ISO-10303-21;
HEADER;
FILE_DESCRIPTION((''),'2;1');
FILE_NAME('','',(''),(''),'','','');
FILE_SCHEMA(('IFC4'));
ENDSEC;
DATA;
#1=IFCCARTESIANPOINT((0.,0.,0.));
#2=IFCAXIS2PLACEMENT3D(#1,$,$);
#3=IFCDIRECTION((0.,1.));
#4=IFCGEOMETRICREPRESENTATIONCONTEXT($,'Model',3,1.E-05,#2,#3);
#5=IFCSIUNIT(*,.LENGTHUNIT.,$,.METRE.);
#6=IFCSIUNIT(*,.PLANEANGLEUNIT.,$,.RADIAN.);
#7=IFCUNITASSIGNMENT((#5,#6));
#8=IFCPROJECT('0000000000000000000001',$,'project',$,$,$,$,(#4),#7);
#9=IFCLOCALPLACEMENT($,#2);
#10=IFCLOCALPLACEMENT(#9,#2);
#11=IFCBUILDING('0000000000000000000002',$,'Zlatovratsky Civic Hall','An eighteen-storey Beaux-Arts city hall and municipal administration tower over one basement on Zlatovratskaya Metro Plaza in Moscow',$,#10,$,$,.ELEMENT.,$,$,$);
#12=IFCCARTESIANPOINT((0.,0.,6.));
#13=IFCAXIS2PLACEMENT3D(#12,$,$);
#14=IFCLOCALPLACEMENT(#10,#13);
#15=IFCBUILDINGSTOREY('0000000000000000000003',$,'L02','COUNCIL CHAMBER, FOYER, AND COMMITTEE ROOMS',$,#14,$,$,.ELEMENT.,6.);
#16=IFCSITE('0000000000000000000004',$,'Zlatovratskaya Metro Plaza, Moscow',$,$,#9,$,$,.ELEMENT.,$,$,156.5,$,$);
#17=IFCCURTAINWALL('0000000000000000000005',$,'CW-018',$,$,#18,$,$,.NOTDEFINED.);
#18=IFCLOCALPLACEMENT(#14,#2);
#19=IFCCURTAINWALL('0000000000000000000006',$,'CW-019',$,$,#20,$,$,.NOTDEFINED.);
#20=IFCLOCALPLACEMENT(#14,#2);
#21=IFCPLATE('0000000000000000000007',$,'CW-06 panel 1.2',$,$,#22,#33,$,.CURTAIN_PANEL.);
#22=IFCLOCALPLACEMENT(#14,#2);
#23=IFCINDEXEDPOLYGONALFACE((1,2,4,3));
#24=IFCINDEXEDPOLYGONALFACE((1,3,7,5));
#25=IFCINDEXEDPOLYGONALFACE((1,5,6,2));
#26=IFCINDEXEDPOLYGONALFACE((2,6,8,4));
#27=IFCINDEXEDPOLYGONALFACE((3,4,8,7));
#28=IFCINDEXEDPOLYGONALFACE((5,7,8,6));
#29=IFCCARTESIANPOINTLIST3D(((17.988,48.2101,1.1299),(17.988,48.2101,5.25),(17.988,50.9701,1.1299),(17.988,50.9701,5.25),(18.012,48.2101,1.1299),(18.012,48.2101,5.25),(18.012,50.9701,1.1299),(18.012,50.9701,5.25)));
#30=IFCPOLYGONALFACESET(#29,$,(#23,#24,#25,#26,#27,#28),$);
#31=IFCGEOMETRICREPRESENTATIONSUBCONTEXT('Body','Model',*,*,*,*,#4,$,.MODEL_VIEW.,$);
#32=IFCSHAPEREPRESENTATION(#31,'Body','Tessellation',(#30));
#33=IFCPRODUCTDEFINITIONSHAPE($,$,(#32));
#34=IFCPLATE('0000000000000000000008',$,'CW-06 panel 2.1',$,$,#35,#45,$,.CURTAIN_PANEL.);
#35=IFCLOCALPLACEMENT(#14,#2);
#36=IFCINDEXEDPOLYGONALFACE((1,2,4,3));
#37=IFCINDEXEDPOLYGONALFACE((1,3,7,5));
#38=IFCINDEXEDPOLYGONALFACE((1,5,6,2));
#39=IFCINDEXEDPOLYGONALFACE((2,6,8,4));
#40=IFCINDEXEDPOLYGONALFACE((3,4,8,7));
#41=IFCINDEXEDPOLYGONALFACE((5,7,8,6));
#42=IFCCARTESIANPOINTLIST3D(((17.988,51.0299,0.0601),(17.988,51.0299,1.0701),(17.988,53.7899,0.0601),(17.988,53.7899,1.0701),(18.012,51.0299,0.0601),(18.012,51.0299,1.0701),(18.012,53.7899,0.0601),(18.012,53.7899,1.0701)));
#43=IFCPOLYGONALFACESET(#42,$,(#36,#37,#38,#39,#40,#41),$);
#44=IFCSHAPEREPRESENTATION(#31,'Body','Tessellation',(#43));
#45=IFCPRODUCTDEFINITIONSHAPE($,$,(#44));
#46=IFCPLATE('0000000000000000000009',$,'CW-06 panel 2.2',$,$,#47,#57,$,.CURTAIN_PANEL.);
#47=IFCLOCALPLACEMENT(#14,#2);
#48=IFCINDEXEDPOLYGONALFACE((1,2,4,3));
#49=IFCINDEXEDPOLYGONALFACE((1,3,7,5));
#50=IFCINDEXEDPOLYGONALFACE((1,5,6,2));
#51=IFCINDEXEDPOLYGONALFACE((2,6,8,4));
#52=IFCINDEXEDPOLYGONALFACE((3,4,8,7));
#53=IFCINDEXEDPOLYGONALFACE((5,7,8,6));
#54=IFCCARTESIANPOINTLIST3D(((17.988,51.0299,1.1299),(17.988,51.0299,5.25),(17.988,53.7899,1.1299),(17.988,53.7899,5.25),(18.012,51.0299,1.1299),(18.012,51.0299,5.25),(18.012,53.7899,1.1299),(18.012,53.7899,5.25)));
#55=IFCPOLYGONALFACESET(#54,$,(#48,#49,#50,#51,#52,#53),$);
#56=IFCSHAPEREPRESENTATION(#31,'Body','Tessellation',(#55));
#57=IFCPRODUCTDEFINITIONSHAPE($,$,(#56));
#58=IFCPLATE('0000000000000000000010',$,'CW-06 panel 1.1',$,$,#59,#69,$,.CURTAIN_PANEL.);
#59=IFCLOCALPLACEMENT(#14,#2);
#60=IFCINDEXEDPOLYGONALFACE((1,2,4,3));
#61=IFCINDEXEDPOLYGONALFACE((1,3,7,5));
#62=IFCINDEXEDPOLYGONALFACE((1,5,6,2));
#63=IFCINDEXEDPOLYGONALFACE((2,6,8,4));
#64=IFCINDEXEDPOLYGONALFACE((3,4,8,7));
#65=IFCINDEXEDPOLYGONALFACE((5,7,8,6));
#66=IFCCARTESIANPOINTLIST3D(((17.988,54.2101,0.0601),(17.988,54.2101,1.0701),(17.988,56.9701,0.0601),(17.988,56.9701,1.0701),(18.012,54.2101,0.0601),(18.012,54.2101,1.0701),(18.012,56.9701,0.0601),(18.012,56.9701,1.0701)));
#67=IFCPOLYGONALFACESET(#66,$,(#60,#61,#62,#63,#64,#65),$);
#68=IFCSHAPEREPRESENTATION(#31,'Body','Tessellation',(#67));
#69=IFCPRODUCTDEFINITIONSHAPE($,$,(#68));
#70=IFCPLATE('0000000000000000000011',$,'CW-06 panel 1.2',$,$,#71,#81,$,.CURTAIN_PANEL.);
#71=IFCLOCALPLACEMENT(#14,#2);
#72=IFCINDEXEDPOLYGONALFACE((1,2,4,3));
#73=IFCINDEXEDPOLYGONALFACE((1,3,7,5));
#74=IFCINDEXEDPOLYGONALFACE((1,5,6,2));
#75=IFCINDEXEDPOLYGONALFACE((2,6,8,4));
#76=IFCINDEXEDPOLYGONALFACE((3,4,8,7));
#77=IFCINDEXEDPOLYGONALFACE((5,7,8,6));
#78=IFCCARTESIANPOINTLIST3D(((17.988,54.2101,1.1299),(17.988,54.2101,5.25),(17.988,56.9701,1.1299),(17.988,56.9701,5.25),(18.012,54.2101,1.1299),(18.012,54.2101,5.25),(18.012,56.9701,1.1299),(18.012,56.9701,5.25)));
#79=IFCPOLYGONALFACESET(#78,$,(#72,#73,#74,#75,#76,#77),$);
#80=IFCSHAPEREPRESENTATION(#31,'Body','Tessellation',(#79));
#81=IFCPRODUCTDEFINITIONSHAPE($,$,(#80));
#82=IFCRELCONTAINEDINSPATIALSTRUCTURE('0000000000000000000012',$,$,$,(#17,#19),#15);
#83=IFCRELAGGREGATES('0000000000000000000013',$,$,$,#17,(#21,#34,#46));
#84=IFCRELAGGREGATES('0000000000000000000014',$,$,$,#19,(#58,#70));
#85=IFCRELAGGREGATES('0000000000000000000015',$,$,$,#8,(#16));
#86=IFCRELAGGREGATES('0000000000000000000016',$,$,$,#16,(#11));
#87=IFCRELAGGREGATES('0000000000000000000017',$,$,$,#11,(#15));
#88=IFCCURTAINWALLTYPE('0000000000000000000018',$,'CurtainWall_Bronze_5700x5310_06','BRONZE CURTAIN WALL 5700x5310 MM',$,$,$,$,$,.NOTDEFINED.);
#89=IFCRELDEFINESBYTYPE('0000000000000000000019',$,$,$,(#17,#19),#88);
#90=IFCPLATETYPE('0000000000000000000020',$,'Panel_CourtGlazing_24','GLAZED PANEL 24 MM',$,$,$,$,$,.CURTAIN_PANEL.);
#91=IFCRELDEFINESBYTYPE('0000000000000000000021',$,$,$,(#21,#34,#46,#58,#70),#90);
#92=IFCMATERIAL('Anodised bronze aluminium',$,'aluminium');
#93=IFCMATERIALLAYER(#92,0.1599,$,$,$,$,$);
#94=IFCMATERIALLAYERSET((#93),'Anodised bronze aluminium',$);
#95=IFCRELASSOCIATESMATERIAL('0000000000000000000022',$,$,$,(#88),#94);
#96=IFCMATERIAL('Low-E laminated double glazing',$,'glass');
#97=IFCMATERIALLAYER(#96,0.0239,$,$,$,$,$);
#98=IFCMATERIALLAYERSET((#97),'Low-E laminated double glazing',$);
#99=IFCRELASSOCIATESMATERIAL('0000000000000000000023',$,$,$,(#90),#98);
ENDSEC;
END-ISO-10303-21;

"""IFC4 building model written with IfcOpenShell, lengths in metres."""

from ifc_helpers import new_model, si_unit, direction, frame, origin, origin_2d, place, context, subcontext, project, spatial, rectangle, extrude, material, layer, layer_set, type_object, element, aggregate, save


model = new_model("IFC4")

# Units and contexts
model_context = context("Model", 3, precision=1e-05, world=origin(), true_north=direction((0.0, 1.0)))
body_context = subcontext(model_context, "Body", "Model", "MODEL_VIEW")
ifc_project = project(units=[si_unit("LENGTHUNIT", "METRE"), si_unit("PLANEANGLEUNIT", "RADIAN")], contexts=[model_context])

# Site, building, storey
site_placement = place(None, origin())
site = spatial("IfcSite", under=ifc_project, at=site_placement, Name="Zlatovratskaya Metro Plaza, Moscow", CompositionType="ELEMENT", RefElevation=156.5)
building_placement = place(site_placement, origin())
building = spatial("IfcBuilding", under=site, at=building_placement, Name="Zlatovratsky Civic Hall", Description="An eighteen-storey Beaux-Arts city hall and municipal administration tower over one basement on Zlatovratskaya Metro Plaza in Moscow", CompositionType="ELEMENT")
storey_placement = place(building_placement, frame((0.0, 0.0, 6.0)))
storey = spatial("IfcBuildingStorey", under=building, at=storey_placement, Name="L02", Description="COUNCIL CHAMBER, FOYER, AND COMMITTEE ROOMS", CompositionType="ELEMENT", Elevation=6.0)

# Curtain walls
ifc_material_1 = material(Name="Anodised bronze aluminium", Category="aluminium")
ifc_layer_1 = layer(ifc_material_1, 0.1599)
ifc_layer_set_1 = layer_set([ifc_layer_1], Name="Anodised bronze aluminium")
curtain_wall_type = type_object("IfcCurtainWallType", Name="CurtainWall_Bronze_5700x5310_06", Description="BRONZE CURTAIN WALL 5700x5310 MM", PredefinedType="NOTDEFINED", material=ifc_layer_set_1)
curtain_wall_1_placement = place(storey_placement, origin())
curtain_wall_1 = element("IfcCurtainWall", 1, at=curtain_wall_1_placement, inside=storey, type_object=curtain_wall_type, Name="CW-018", PredefinedType="NOTDEFINED")
curtain_wall_2_placement = place(storey_placement, origin())
curtain_wall_2 = element("IfcCurtainWall", 2, at=curtain_wall_2_placement, inside=storey, type_object=curtain_wall_type, Name="CW-019", PredefinedType="NOTDEFINED")

# Plates
ifc_material_2 = material(Name="Low-E laminated double glazing", Category="glass")
ifc_layer_2 = layer(ifc_material_2, 0.0239)
ifc_layer_set_2 = layer_set([ifc_layer_2], Name="Low-E laminated double glazing")
plate_type = type_object("IfcPlateType", Name="Panel_CourtGlazing_24", Description="GLAZED PANEL 24 MM", PredefinedType="CURTAIN_PANEL", material=ifc_layer_set_2)
plate_1_placement = place(storey_placement, frame((18.0, 49.5901, 1.1299), z_axis=(0.0, 0.0, 1.0), x_axis=(0.0, 1.0, 0.0)))
plate_1 = element("IfcPlate", 3, at=plate_1_placement, type_object=plate_type, Name="CW-06 panel 1.2", PredefinedType="CURTAIN_PANEL", context=body_context, shape_type="SweptSolid", body=[
    extrude(rectangle(XDim=2.76, YDim=0.0239, at=origin_2d()), origin(), (0.0, 0.0, 1.0), 4.1201),
])
plate_2_placement = place(storey_placement, frame((18.0, 52.4099, 0.0601), z_axis=(0.0, 0.0, 1.0), x_axis=(0.0, 1.0, 0.0)))
plate_2 = element("IfcPlate", 4, at=plate_2_placement, type_object=plate_type, Name="CW-06 panel 2.1", PredefinedType="CURTAIN_PANEL", context=body_context, shape_type="SweptSolid", body=[
    extrude(rectangle(XDim=2.76, YDim=0.0239, at=origin_2d()), origin(), (0.0, 0.0, 1.0), 1.01),
])
plate_3_placement = place(storey_placement, frame((18.0, 52.4099, 1.1299), z_axis=(0.0, 0.0, 1.0), x_axis=(0.0, 1.0, 0.0)))
plate_3 = element("IfcPlate", 5, at=plate_3_placement, type_object=plate_type, Name="CW-06 panel 2.2", PredefinedType="CURTAIN_PANEL", context=body_context, shape_type="SweptSolid", body=[
    extrude(rectangle(XDim=2.76, YDim=0.0239, at=origin_2d()), origin(), (0.0, 0.0, 1.0), 4.1201),
])
aggregate(curtain_wall_1, [plate_1, plate_2, plate_3])
plate_4_placement = place(storey_placement, frame((18.0, 55.5901, 0.0601), z_axis=(0.0, 0.0, 1.0), x_axis=(0.0, 1.0, 0.0)))
plate_4 = element("IfcPlate", 6, at=plate_4_placement, type_object=plate_type, Name="CW-06 panel 1.1", PredefinedType="CURTAIN_PANEL", context=body_context, shape_type="SweptSolid", body=[
    extrude(rectangle(XDim=2.76, YDim=0.0239, at=origin_2d()), origin(), (0.0, 0.0, 1.0), 1.01),
])
plate_5_placement = place(storey_placement, frame((18.0, 55.5901, 1.1299), z_axis=(0.0, 0.0, 1.0), x_axis=(0.0, 1.0, 0.0)))
plate_5 = element("IfcPlate", 7, at=plate_5_placement, type_object=plate_type, Name="CW-06 panel 1.2", PredefinedType="CURTAIN_PANEL", context=body_context, shape_type="SweptSolid", body=[
    extrude(rectangle(XDim=2.76, YDim=0.0239, at=origin_2d()), origin(), (0.0, 0.0, 1.0), 4.1201),
])
aggregate(curtain_wall_2, [plate_4, plate_5])

save(model, "model.ifc")
